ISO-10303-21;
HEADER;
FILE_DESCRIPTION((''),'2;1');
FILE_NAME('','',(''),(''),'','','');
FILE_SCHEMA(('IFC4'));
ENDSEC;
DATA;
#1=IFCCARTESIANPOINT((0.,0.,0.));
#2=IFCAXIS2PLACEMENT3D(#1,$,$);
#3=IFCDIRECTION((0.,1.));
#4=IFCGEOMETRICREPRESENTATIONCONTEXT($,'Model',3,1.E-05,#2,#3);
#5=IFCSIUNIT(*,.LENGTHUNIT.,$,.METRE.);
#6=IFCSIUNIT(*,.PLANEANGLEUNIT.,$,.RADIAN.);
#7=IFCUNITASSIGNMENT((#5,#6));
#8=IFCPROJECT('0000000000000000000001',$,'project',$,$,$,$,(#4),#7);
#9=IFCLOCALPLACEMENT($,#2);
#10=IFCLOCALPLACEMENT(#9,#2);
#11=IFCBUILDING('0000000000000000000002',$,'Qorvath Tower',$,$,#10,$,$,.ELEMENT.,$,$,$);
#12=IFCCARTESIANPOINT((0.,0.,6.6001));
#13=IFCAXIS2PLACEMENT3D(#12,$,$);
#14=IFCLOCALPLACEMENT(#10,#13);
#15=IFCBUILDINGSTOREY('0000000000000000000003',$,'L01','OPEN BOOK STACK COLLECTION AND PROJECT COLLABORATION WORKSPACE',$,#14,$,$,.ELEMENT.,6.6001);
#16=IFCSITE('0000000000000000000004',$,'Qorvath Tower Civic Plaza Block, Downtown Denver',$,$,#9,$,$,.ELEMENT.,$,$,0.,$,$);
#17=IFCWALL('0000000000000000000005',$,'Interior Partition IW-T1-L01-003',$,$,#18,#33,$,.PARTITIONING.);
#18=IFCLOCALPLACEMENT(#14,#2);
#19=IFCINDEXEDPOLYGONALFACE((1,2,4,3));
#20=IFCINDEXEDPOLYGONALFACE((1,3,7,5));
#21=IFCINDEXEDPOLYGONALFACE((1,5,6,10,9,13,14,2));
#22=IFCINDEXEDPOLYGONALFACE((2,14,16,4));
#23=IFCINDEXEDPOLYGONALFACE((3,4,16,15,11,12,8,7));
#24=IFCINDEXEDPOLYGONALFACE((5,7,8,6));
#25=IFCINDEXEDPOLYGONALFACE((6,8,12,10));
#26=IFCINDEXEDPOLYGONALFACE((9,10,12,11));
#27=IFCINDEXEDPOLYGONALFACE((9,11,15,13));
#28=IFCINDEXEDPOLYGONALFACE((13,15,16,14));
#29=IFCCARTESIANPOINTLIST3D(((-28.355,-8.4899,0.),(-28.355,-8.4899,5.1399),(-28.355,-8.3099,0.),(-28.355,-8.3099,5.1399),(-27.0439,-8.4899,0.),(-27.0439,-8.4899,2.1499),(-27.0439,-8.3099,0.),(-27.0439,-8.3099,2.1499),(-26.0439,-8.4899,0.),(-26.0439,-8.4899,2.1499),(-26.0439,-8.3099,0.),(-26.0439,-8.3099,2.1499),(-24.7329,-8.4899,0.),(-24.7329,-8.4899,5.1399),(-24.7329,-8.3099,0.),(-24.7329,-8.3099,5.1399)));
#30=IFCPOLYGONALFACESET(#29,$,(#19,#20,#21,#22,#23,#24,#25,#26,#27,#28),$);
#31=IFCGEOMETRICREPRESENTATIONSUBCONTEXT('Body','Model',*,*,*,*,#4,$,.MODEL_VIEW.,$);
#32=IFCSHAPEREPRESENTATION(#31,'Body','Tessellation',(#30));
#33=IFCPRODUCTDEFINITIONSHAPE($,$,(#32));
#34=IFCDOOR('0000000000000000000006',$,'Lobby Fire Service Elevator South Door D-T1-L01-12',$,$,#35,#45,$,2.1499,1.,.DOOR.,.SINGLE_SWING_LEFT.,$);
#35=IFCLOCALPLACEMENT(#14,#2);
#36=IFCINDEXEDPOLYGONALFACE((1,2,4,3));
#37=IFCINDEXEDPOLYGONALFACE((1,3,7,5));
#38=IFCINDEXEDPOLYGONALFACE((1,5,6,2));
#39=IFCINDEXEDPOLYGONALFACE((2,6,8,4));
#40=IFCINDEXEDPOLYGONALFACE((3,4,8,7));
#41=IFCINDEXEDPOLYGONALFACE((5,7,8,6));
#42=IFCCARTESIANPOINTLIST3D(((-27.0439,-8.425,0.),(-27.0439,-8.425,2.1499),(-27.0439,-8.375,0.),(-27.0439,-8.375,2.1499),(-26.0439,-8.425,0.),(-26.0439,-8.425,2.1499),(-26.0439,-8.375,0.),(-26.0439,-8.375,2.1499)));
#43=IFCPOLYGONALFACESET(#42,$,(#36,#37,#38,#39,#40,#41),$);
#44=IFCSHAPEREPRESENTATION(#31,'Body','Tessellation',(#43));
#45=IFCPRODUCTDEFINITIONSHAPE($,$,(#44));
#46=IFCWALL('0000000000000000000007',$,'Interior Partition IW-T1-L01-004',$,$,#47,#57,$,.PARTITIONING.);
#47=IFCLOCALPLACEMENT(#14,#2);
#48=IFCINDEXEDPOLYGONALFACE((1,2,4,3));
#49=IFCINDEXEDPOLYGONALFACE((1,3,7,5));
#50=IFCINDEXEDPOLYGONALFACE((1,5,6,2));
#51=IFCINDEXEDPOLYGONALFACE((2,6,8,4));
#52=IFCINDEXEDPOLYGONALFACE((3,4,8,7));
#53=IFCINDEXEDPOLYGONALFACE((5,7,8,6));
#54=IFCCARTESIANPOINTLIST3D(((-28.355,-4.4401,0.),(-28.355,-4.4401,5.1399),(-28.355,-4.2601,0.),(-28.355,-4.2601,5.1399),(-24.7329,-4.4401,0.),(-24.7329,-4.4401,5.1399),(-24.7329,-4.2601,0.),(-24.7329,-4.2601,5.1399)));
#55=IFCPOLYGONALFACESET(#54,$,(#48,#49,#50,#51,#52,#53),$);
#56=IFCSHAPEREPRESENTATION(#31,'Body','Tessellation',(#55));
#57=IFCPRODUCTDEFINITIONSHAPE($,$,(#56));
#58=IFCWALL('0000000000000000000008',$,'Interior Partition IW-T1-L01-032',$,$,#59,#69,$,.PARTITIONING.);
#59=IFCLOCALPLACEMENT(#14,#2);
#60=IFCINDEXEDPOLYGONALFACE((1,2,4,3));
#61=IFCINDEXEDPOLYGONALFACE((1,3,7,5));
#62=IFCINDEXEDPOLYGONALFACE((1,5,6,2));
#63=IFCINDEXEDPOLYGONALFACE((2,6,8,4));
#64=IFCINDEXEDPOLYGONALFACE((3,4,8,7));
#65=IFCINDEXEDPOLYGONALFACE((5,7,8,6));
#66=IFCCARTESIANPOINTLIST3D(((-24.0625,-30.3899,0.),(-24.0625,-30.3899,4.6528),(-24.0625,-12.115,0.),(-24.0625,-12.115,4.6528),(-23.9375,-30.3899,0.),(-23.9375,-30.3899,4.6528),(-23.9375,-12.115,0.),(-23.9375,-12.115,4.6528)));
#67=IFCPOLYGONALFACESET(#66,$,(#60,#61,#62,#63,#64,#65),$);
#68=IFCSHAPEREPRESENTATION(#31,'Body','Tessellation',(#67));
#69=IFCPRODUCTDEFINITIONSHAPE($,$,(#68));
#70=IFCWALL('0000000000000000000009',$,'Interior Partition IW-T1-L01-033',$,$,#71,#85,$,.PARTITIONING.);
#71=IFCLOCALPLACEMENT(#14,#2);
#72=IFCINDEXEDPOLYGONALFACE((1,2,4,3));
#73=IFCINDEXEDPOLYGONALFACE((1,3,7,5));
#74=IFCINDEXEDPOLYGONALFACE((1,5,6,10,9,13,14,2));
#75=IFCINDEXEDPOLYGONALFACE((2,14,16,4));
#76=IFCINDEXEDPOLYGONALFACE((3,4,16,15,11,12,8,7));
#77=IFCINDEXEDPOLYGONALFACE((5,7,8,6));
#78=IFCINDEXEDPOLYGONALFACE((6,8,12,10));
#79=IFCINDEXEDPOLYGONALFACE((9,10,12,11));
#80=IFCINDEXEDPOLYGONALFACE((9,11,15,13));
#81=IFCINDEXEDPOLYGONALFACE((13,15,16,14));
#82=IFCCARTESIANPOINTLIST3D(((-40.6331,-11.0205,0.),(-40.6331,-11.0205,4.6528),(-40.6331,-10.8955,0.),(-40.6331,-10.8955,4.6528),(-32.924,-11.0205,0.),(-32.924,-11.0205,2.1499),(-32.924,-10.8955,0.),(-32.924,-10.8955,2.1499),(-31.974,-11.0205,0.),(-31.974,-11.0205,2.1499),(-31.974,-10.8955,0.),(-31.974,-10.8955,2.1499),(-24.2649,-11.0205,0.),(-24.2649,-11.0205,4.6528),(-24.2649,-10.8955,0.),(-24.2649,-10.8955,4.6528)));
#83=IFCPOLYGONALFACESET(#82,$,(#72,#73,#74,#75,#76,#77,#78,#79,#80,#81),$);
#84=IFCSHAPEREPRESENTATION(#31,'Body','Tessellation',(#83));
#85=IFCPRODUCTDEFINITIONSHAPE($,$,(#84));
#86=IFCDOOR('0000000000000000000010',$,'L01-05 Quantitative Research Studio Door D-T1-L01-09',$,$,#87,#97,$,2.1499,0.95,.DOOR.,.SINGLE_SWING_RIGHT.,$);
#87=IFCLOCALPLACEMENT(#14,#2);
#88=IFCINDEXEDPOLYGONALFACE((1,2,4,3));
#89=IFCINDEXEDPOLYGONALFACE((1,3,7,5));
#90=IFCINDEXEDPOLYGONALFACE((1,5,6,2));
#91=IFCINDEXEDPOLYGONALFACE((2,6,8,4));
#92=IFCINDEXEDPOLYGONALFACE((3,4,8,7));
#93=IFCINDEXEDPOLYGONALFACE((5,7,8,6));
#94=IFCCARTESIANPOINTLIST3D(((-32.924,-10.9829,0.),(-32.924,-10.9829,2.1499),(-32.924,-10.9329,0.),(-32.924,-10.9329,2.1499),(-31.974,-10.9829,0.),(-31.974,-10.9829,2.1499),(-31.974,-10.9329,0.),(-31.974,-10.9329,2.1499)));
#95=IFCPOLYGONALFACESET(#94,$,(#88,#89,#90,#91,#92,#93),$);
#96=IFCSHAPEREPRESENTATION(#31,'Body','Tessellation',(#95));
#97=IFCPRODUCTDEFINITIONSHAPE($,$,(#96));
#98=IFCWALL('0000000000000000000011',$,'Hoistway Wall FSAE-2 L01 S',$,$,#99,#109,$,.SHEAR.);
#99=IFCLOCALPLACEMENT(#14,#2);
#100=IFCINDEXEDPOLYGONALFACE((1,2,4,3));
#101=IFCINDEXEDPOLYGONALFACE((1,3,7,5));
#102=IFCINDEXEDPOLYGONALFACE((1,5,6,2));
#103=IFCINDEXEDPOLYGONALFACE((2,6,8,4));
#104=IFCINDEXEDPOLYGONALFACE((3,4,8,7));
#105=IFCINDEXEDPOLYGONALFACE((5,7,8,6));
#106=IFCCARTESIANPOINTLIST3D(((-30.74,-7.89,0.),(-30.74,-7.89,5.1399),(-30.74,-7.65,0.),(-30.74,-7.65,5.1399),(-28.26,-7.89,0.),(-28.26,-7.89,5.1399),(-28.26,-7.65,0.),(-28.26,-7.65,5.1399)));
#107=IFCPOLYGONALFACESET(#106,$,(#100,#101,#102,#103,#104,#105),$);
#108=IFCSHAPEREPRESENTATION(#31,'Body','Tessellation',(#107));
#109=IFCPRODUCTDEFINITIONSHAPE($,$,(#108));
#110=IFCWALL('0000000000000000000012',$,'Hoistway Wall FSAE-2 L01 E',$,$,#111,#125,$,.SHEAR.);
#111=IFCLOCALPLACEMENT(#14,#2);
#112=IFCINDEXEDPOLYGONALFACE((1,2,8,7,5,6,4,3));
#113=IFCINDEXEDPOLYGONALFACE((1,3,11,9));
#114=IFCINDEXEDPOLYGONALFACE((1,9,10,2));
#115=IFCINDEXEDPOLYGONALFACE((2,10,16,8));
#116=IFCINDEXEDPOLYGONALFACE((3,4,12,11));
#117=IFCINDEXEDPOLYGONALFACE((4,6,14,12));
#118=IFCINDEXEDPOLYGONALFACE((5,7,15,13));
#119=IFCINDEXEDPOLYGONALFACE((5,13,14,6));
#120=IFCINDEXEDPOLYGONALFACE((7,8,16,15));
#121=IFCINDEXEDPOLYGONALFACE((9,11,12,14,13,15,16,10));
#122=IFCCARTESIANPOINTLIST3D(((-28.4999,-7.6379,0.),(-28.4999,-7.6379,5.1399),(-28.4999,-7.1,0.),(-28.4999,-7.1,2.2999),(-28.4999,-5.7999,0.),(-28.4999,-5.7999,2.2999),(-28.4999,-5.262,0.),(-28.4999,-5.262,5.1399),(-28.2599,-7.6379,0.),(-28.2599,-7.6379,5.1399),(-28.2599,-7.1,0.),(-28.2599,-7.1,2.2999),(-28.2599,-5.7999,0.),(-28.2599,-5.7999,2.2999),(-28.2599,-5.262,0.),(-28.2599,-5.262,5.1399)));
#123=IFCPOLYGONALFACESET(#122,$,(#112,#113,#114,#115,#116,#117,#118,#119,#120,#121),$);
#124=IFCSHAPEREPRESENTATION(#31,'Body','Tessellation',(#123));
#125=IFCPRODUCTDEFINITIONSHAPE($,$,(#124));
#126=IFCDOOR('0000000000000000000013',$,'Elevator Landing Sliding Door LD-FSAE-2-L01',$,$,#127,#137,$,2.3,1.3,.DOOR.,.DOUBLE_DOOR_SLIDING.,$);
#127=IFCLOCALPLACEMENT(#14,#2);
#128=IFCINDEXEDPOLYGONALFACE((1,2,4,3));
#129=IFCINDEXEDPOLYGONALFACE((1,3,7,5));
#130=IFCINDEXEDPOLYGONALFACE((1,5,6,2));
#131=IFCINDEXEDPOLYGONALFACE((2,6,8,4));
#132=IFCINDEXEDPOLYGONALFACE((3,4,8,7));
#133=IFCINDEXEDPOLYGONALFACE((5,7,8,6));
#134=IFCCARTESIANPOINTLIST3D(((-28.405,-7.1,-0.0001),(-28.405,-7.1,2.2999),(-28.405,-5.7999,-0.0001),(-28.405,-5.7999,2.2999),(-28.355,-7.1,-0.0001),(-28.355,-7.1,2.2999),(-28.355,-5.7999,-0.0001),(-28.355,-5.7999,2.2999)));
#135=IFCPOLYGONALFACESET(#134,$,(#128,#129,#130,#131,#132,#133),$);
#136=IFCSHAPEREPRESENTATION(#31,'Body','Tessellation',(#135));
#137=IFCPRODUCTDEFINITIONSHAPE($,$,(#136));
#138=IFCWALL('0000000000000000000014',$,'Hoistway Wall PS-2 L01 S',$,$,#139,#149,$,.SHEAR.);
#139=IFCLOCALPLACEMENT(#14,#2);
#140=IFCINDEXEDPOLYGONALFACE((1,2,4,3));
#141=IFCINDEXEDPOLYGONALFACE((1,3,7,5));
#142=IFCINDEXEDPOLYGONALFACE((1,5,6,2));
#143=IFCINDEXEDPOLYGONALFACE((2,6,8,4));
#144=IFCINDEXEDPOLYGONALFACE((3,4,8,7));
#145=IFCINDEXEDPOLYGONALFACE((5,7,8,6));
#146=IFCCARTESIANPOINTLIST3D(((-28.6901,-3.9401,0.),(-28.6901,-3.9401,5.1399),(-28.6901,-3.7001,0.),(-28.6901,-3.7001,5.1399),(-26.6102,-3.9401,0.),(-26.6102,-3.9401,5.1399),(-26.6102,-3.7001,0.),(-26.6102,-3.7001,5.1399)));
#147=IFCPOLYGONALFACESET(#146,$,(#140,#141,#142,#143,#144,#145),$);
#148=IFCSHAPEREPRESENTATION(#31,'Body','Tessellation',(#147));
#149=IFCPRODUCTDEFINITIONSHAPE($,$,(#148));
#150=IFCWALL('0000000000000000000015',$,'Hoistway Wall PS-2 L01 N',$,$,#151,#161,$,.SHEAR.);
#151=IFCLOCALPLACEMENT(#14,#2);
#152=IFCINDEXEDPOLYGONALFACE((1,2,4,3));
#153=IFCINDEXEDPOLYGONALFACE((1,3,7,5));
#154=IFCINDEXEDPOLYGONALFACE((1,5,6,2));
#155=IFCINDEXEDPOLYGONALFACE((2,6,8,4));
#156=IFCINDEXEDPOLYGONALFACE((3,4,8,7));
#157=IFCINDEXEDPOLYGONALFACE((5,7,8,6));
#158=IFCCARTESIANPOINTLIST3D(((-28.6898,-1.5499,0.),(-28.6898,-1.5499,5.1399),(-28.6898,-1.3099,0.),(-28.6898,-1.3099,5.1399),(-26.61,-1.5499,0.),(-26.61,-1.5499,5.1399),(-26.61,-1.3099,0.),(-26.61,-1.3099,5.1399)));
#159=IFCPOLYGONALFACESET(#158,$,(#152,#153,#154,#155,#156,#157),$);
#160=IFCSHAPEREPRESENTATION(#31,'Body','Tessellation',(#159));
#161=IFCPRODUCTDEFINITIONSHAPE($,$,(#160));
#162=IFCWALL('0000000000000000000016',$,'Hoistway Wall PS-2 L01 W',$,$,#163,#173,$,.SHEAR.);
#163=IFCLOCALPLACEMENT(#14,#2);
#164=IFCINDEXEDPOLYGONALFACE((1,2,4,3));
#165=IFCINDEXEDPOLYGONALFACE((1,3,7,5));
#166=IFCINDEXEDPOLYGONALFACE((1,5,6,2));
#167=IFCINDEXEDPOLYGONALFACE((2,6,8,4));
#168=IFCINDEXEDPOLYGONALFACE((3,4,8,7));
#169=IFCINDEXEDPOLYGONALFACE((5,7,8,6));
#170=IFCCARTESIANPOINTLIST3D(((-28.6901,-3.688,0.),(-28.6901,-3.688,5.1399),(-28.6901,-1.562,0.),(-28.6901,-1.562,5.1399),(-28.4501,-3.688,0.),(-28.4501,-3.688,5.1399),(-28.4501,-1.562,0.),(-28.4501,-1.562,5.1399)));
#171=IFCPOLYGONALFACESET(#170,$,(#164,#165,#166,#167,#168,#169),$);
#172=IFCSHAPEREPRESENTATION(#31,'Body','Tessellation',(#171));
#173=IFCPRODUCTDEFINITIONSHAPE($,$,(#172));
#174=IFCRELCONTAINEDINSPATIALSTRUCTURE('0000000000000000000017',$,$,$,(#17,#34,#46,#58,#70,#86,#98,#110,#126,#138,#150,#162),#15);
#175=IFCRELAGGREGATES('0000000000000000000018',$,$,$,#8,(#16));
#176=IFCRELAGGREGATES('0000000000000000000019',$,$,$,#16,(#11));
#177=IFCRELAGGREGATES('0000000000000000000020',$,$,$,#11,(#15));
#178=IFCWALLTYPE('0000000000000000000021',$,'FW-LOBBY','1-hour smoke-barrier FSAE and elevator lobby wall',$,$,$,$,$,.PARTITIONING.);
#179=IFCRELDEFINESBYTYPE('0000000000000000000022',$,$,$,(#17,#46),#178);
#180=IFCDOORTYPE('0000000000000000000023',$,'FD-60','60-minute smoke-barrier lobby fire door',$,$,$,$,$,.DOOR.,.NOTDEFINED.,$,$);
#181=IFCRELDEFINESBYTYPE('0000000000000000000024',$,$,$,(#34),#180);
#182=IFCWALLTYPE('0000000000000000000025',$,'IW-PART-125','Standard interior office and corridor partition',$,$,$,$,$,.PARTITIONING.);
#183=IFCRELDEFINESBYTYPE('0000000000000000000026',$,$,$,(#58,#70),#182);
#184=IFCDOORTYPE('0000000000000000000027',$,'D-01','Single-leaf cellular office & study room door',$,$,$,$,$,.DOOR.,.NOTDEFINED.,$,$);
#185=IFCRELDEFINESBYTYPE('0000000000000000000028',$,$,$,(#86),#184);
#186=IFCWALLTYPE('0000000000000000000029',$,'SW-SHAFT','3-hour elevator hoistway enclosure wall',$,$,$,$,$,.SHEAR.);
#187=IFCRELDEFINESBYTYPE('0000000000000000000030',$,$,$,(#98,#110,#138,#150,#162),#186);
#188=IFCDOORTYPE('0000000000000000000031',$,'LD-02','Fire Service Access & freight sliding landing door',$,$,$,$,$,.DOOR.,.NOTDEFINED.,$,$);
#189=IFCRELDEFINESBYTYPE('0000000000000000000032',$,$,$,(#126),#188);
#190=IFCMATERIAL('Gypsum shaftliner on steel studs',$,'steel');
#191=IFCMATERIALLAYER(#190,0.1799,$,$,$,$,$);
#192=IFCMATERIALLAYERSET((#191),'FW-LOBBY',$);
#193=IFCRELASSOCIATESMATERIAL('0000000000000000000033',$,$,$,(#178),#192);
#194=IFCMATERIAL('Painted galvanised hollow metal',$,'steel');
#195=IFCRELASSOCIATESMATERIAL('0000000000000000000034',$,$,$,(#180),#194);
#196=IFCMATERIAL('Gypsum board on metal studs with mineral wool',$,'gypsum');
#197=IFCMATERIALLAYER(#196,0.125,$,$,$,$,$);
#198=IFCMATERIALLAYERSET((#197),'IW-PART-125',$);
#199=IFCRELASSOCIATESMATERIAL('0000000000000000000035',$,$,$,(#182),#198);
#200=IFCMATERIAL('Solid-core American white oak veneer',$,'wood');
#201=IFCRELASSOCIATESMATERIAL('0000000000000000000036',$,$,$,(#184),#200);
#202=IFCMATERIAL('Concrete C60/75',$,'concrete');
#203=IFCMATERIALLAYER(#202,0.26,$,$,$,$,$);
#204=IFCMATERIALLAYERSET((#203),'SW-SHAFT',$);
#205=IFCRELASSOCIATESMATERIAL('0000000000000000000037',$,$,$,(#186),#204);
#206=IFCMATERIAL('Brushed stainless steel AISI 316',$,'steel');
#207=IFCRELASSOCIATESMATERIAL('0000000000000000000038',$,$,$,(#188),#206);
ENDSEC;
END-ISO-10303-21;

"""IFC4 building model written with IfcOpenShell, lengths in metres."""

from ifc_helpers import new_model, si_unit, direction, frame, frame_2d, origin, place, context, subcontext, project, spatial, rectangle, extrude, material, layer, layer_set, type_object, element, fill, save


model = new_model("IFC4")

# Units and contexts
model_context = context("Model", 3, precision=1e-05, world=origin(), true_north=direction((0.0, 1.0)))
body_context = subcontext(model_context, "Body", "Model", "MODEL_VIEW")
ifc_project = project(units=[si_unit("LENGTHUNIT", "METRE"), si_unit("PLANEANGLEUNIT", "RADIAN")], contexts=[model_context])

# Site, building, storey
site_placement = place(None, origin())
site = spatial("IfcSite", under=ifc_project, at=site_placement, Name="Qorvath Tower Civic Plaza Block, Downtown Denver", CompositionType="ELEMENT", RefElevation=0.0)
building_placement = place(site_placement, origin())
building = spatial("IfcBuilding", under=site, at=building_placement, Name="Qorvath Tower", CompositionType="ELEMENT")
storey_placement = place(building_placement, frame((0.0, 0.0, 6.6001)))
storey = spatial("IfcBuildingStorey", under=building, at=storey_placement, Name="L01", Description="OPEN BOOK STACK COLLECTION AND PROJECT COLLABORATION WORKSPACE", CompositionType="ELEMENT", Elevation=6.6001)

# Wall, opening, door
ifc_material_1 = material(Name="Gypsum shaftliner on steel studs", Category="steel")
ifc_layer_1 = layer(ifc_material_1, 0.1799)
ifc_layer_set_1 = layer_set([ifc_layer_1], Name="FW-LOBBY")
wall_type_1 = type_object("IfcWallType", Name="FW-LOBBY", Description="1-hour smoke-barrier FSAE and elevator lobby wall", PredefinedType="PARTITIONING", material=ifc_layer_set_1)
wall_1_placement = place(storey_placement, frame((-28.355, -8.3999, 0.0), z_axis=(0.0, 0.0, 1.0), x_axis=(1.0, 0.0, 0.0)))
wall_1 = element("IfcWall", 1, at=wall_1_placement, inside=storey, type_object=wall_type_1, Name="Interior Partition IW-T1-L01-003", PredefinedType="PARTITIONING", context=body_context, shape_type="SweptSolid", body=[
    extrude(rectangle(XDim=3.6221, YDim=0.1799, at=frame_2d((1.811, 0.0))), origin(), (0.0, 0.0, 1.0), 5.1399),
])
opening_1_placement = place(wall_1_placement, frame((1.311, 0.0, 0.0)))
opening_1 = element("IfcOpeningElement", 2, at=opening_1_placement, cuts=wall_1, PredefinedType="OPENING", context=body_context, shape_type="SweptSolid", body=[
    extrude(rectangle(XDim=1.0, YDim=2.1499, at=frame_2d((0.5, 1.075))), frame((0.0, 0.1001, 0.0), z_axis=(0.0, -1.0, 0.0), x_axis=(1.0, 0.0, 0.0)), (0.0, 0.0, 1.0), 0.2),
])
ifc_material_2 = material(Name="Painted galvanised hollow metal", Category="steel")
door_type_1 = type_object("IfcDoorType", Name="FD-60", Description="60-minute smoke-barrier lobby fire door", OperationType="NOTDEFINED", PredefinedType="DOOR", material=ifc_material_2)
door_1_placement = place(opening_1_placement, origin())
door_1 = element("IfcDoor", 3, at=door_1_placement, inside=storey, type_object=door_type_1, Name="Lobby Fire Service Elevator South Door D-T1-L01-12", OperationType="SINGLE_SWING_LEFT", OverallHeight=2.1499, OverallWidth=1.0, PredefinedType="DOOR", context=body_context, shape_type="SweptSolid", body=[
    extrude(rectangle(XDim=1.0, YDim=2.1499, at=frame_2d((0.5, 1.075))), frame((0.0, 0.0249, 0.0), z_axis=(0.0, -1.0, 0.0), x_axis=(1.0, 0.0, 0.0)), (0.0, 0.0, 1.0), 0.05),
])
fill(opening_1, door_1)

# Walls
wall_2_placement = place(storey_placement, frame((-24.7329, -4.3501, 0.0), z_axis=(0.0, 0.0, 1.0), x_axis=(-1.0, 0.0, 0.0)))
element("IfcWall", 4, at=wall_2_placement, inside=storey, type_object=wall_type_1, Name="Interior Partition IW-T1-L01-004", PredefinedType="PARTITIONING", context=body_context, shape_type="SweptSolid", body=[
    extrude(rectangle(XDim=3.6221, YDim=0.1799, at=frame_2d((1.811, 0.0))), origin(), (0.0, 0.0, 1.0), 5.1399),
])
ifc_material_3 = material(Name="Gypsum board on metal studs with mineral wool", Category="gypsum")
ifc_layer_2 = layer(ifc_material_3, 0.125)
ifc_layer_set_2 = layer_set([ifc_layer_2], Name="IW-PART-125")
wall_type_2 = type_object("IfcWallType", Name="IW-PART-125", Description="Standard interior office and corridor partition", PredefinedType="PARTITIONING", material=ifc_layer_set_2)
wall_3_placement = place(storey_placement, frame((-24.0, -12.115, 0.0), z_axis=(0.0, 0.0, 1.0), x_axis=(0.0, -1.0, 0.0)))
element("IfcWall", 5, at=wall_3_placement, inside=storey, type_object=wall_type_2, Name="Interior Partition IW-T1-L01-032", PredefinedType="PARTITIONING", context=body_context, shape_type="SweptSolid", body=[
    extrude(rectangle(XDim=18.2749, YDim=0.125, at=frame_2d((9.1375, 0.0))), origin(), (0.0, 0.0, 1.0), 4.6528),
])

# Wall, opening, door
wall_4_placement = place(storey_placement, frame((-24.2649, -10.958, 0.0), z_axis=(0.0, 0.0, 1.0), x_axis=(-1.0, 0.0, 0.0)))
wall_4 = element("IfcWall", 6, at=wall_4_placement, inside=storey, type_object=wall_type_2, Name="Interior Partition IW-T1-L01-033", PredefinedType="PARTITIONING", context=body_context, shape_type="SweptSolid", body=[
    extrude(rectangle(XDim=16.3682, YDim=0.125, at=frame_2d((8.1841, 0.0))), origin(), (0.0, 0.0, 1.0), 4.6528),
])
opening_2_placement = place(wall_4_placement, frame((7.709, 0.0, 0.0)))
opening_2 = element("IfcOpeningElement", 7, at=opening_2_placement, cuts=wall_4, PredefinedType="OPENING", context=body_context, shape_type="SweptSolid", body=[
    extrude(rectangle(XDim=0.95, YDim=2.1499, at=frame_2d((0.4751, 1.075))), frame((0.0, 0.0725, 0.0), z_axis=(0.0, -1.0, 0.0), x_axis=(1.0, 0.0, 0.0)), (0.0, 0.0, 1.0), 0.145),
])
ifc_material_4 = material(Name="Solid-core American white oak veneer", Category="wood")
door_type_2 = type_object("IfcDoorType", Name="D-01", Description="Single-leaf cellular office & study room door", OperationType="NOTDEFINED", PredefinedType="DOOR", material=ifc_material_4)
door_2_placement = place(opening_2_placement, origin())
door_2 = element("IfcDoor", 8, at=door_2_placement, inside=storey, type_object=door_type_2, Name="L01-05 Quantitative Research Studio Door D-T1-L01-09", OperationType="SINGLE_SWING_RIGHT", OverallHeight=2.1499, OverallWidth=0.95, PredefinedType="DOOR", context=body_context, shape_type="SweptSolid", body=[
    extrude(rectangle(XDim=0.95, YDim=2.1499, at=frame_2d((0.4751, 1.075))), frame((0.0, 0.0249, 0.0), z_axis=(0.0, -1.0, 0.0), x_axis=(1.0, 0.0, 0.0)), (0.0, 0.0, 1.0), 0.05),
])
fill(opening_2, door_2)

# Wall
ifc_material_5 = material(Name="Concrete C60/75", Category="concrete")
ifc_layer_3 = layer(ifc_material_5, 0.26)
ifc_layer_set_3 = layer_set([ifc_layer_3], Name="SW-SHAFT")
wall_type_3 = type_object("IfcWallType", Name="SW-SHAFT", Description="3-hour elevator hoistway enclosure wall", PredefinedType="SHEAR", material=ifc_layer_set_3)
wall_5_placement = place(storey_placement, frame((-28.26, -7.77, 0.0), z_axis=(0.0, 0.0, 1.0), x_axis=(-1.0, 0.0, 0.0)))
element("IfcWall", 9, at=wall_5_placement, inside=storey, type_object=wall_type_3, Name="Hoistway Wall FSAE-2 L01 S", PredefinedType="SHEAR", context=body_context, shape_type="SweptSolid", body=[
    extrude(rectangle(XDim=2.48, YDim=0.24, at=frame_2d((1.24, 0.0))), origin(), (0.0, 0.0, 1.0), 5.1399),
])

# Wall, opening, door
wall_6_placement = place(storey_placement, frame((-28.3799, -5.262, 0.0), z_axis=(0.0, 0.0, 1.0), x_axis=(0.0, -1.0, 0.0)))
wall_6 = element("IfcWall", 10, at=wall_6_placement, inside=storey, type_object=wall_type_3, Name="Hoistway Wall FSAE-2 L01 E", PredefinedType="SHEAR", context=body_context, shape_type="SweptSolid", body=[
    extrude(rectangle(XDim=2.376, YDim=0.24, at=frame_2d((1.188, 0.0))), origin(), (0.0, 0.0, 1.0), 5.1399),
])
opening_3_placement = place(wall_6_placement, frame((0.5381, 0.0, 0.0)))
opening_3 = element("IfcOpeningElement", 11, at=opening_3_placement, cuts=wall_6, PredefinedType="OPENING", context=body_context, shape_type="SweptSolid", body=[
    extrude(rectangle(XDim=1.3, YDim=2.3, at=frame_2d((0.6499, 1.1499))), frame((0.0, 0.1299, 0.0), z_axis=(0.0, -1.0, 0.0), x_axis=(1.0, 0.0, 0.0)), (0.0, 0.0, 1.0), 0.26),
])
ifc_material_6 = material(Name="Brushed stainless steel AISI 316", Category="steel")
door_type_3 = type_object("IfcDoorType", Name="LD-02", Description="Fire Service Access & freight sliding landing door", OperationType="NOTDEFINED", PredefinedType="DOOR", material=ifc_material_6)
door_3_placement = place(opening_3_placement, origin())
door_3 = element("IfcDoor", 12, at=door_3_placement, inside=storey, type_object=door_type_3, Name="Elevator Landing Sliding Door LD-FSAE-2-L01", OperationType="DOUBLE_DOOR_SLIDING", OverallHeight=2.3, OverallWidth=1.3, PredefinedType="DOOR", context=body_context, shape_type="SweptSolid", body=[
    extrude(rectangle(XDim=1.3, YDim=2.3, at=frame_2d((0.6499, 1.1499))), frame((0.0, 0.0249, 0.0), z_axis=(0.0, -1.0, 0.0), x_axis=(1.0, 0.0, 0.0)), (0.0, 0.0, 1.0), 0.05),
])
fill(opening_3, door_3)

# Walls
for number, where, z_axis, x_axis, name in (
    (13, (-26.6101, -3.8201, 0.0), (0.0, 0.0, 1.0), (-1.0, 0.0, 0.0), "Hoistway Wall PS-2 L01 S"),
    (14, (-28.6899, -1.4299, 0.0), (0.0, 0.0, 1.0), (1.0, 0.0, 0.0), "Hoistway Wall PS-2 L01 N"),
):
    element("IfcWall", number, at=place(storey_placement, frame(where, z_axis=z_axis, x_axis=x_axis)), inside=storey, type_object=wall_type_3, Name=name, PredefinedType="SHEAR", context=body_context, shape_type="SweptSolid", body=[
        extrude(rectangle(XDim=2.0798, YDim=0.24, at=frame_2d((1.04, 0.0))), origin(), (0.0, 0.0, 1.0), 5.1399),
    ])
for number, where, z_axis, x_axis, name in (
    (15, (-28.5701, -3.688, 0.0), (0.0, 0.0, 1.0), (0.0, 1.0, 0.0), "Hoistway Wall PS-2 L01 W"),
):
    element("IfcWall", number, at=place(storey_placement, frame(where, z_axis=z_axis, x_axis=x_axis)), inside=storey, type_object=wall_type_3, Name=name, PredefinedType="SHEAR", context=body_context, shape_type="SweptSolid", body=[
        extrude(rectangle(XDim=2.126, YDim=0.24, at=frame_2d((1.063, 0.0))), origin(), (0.0, 0.0, 1.0), 5.1399),
    ])

save(model, "model.ifc")
